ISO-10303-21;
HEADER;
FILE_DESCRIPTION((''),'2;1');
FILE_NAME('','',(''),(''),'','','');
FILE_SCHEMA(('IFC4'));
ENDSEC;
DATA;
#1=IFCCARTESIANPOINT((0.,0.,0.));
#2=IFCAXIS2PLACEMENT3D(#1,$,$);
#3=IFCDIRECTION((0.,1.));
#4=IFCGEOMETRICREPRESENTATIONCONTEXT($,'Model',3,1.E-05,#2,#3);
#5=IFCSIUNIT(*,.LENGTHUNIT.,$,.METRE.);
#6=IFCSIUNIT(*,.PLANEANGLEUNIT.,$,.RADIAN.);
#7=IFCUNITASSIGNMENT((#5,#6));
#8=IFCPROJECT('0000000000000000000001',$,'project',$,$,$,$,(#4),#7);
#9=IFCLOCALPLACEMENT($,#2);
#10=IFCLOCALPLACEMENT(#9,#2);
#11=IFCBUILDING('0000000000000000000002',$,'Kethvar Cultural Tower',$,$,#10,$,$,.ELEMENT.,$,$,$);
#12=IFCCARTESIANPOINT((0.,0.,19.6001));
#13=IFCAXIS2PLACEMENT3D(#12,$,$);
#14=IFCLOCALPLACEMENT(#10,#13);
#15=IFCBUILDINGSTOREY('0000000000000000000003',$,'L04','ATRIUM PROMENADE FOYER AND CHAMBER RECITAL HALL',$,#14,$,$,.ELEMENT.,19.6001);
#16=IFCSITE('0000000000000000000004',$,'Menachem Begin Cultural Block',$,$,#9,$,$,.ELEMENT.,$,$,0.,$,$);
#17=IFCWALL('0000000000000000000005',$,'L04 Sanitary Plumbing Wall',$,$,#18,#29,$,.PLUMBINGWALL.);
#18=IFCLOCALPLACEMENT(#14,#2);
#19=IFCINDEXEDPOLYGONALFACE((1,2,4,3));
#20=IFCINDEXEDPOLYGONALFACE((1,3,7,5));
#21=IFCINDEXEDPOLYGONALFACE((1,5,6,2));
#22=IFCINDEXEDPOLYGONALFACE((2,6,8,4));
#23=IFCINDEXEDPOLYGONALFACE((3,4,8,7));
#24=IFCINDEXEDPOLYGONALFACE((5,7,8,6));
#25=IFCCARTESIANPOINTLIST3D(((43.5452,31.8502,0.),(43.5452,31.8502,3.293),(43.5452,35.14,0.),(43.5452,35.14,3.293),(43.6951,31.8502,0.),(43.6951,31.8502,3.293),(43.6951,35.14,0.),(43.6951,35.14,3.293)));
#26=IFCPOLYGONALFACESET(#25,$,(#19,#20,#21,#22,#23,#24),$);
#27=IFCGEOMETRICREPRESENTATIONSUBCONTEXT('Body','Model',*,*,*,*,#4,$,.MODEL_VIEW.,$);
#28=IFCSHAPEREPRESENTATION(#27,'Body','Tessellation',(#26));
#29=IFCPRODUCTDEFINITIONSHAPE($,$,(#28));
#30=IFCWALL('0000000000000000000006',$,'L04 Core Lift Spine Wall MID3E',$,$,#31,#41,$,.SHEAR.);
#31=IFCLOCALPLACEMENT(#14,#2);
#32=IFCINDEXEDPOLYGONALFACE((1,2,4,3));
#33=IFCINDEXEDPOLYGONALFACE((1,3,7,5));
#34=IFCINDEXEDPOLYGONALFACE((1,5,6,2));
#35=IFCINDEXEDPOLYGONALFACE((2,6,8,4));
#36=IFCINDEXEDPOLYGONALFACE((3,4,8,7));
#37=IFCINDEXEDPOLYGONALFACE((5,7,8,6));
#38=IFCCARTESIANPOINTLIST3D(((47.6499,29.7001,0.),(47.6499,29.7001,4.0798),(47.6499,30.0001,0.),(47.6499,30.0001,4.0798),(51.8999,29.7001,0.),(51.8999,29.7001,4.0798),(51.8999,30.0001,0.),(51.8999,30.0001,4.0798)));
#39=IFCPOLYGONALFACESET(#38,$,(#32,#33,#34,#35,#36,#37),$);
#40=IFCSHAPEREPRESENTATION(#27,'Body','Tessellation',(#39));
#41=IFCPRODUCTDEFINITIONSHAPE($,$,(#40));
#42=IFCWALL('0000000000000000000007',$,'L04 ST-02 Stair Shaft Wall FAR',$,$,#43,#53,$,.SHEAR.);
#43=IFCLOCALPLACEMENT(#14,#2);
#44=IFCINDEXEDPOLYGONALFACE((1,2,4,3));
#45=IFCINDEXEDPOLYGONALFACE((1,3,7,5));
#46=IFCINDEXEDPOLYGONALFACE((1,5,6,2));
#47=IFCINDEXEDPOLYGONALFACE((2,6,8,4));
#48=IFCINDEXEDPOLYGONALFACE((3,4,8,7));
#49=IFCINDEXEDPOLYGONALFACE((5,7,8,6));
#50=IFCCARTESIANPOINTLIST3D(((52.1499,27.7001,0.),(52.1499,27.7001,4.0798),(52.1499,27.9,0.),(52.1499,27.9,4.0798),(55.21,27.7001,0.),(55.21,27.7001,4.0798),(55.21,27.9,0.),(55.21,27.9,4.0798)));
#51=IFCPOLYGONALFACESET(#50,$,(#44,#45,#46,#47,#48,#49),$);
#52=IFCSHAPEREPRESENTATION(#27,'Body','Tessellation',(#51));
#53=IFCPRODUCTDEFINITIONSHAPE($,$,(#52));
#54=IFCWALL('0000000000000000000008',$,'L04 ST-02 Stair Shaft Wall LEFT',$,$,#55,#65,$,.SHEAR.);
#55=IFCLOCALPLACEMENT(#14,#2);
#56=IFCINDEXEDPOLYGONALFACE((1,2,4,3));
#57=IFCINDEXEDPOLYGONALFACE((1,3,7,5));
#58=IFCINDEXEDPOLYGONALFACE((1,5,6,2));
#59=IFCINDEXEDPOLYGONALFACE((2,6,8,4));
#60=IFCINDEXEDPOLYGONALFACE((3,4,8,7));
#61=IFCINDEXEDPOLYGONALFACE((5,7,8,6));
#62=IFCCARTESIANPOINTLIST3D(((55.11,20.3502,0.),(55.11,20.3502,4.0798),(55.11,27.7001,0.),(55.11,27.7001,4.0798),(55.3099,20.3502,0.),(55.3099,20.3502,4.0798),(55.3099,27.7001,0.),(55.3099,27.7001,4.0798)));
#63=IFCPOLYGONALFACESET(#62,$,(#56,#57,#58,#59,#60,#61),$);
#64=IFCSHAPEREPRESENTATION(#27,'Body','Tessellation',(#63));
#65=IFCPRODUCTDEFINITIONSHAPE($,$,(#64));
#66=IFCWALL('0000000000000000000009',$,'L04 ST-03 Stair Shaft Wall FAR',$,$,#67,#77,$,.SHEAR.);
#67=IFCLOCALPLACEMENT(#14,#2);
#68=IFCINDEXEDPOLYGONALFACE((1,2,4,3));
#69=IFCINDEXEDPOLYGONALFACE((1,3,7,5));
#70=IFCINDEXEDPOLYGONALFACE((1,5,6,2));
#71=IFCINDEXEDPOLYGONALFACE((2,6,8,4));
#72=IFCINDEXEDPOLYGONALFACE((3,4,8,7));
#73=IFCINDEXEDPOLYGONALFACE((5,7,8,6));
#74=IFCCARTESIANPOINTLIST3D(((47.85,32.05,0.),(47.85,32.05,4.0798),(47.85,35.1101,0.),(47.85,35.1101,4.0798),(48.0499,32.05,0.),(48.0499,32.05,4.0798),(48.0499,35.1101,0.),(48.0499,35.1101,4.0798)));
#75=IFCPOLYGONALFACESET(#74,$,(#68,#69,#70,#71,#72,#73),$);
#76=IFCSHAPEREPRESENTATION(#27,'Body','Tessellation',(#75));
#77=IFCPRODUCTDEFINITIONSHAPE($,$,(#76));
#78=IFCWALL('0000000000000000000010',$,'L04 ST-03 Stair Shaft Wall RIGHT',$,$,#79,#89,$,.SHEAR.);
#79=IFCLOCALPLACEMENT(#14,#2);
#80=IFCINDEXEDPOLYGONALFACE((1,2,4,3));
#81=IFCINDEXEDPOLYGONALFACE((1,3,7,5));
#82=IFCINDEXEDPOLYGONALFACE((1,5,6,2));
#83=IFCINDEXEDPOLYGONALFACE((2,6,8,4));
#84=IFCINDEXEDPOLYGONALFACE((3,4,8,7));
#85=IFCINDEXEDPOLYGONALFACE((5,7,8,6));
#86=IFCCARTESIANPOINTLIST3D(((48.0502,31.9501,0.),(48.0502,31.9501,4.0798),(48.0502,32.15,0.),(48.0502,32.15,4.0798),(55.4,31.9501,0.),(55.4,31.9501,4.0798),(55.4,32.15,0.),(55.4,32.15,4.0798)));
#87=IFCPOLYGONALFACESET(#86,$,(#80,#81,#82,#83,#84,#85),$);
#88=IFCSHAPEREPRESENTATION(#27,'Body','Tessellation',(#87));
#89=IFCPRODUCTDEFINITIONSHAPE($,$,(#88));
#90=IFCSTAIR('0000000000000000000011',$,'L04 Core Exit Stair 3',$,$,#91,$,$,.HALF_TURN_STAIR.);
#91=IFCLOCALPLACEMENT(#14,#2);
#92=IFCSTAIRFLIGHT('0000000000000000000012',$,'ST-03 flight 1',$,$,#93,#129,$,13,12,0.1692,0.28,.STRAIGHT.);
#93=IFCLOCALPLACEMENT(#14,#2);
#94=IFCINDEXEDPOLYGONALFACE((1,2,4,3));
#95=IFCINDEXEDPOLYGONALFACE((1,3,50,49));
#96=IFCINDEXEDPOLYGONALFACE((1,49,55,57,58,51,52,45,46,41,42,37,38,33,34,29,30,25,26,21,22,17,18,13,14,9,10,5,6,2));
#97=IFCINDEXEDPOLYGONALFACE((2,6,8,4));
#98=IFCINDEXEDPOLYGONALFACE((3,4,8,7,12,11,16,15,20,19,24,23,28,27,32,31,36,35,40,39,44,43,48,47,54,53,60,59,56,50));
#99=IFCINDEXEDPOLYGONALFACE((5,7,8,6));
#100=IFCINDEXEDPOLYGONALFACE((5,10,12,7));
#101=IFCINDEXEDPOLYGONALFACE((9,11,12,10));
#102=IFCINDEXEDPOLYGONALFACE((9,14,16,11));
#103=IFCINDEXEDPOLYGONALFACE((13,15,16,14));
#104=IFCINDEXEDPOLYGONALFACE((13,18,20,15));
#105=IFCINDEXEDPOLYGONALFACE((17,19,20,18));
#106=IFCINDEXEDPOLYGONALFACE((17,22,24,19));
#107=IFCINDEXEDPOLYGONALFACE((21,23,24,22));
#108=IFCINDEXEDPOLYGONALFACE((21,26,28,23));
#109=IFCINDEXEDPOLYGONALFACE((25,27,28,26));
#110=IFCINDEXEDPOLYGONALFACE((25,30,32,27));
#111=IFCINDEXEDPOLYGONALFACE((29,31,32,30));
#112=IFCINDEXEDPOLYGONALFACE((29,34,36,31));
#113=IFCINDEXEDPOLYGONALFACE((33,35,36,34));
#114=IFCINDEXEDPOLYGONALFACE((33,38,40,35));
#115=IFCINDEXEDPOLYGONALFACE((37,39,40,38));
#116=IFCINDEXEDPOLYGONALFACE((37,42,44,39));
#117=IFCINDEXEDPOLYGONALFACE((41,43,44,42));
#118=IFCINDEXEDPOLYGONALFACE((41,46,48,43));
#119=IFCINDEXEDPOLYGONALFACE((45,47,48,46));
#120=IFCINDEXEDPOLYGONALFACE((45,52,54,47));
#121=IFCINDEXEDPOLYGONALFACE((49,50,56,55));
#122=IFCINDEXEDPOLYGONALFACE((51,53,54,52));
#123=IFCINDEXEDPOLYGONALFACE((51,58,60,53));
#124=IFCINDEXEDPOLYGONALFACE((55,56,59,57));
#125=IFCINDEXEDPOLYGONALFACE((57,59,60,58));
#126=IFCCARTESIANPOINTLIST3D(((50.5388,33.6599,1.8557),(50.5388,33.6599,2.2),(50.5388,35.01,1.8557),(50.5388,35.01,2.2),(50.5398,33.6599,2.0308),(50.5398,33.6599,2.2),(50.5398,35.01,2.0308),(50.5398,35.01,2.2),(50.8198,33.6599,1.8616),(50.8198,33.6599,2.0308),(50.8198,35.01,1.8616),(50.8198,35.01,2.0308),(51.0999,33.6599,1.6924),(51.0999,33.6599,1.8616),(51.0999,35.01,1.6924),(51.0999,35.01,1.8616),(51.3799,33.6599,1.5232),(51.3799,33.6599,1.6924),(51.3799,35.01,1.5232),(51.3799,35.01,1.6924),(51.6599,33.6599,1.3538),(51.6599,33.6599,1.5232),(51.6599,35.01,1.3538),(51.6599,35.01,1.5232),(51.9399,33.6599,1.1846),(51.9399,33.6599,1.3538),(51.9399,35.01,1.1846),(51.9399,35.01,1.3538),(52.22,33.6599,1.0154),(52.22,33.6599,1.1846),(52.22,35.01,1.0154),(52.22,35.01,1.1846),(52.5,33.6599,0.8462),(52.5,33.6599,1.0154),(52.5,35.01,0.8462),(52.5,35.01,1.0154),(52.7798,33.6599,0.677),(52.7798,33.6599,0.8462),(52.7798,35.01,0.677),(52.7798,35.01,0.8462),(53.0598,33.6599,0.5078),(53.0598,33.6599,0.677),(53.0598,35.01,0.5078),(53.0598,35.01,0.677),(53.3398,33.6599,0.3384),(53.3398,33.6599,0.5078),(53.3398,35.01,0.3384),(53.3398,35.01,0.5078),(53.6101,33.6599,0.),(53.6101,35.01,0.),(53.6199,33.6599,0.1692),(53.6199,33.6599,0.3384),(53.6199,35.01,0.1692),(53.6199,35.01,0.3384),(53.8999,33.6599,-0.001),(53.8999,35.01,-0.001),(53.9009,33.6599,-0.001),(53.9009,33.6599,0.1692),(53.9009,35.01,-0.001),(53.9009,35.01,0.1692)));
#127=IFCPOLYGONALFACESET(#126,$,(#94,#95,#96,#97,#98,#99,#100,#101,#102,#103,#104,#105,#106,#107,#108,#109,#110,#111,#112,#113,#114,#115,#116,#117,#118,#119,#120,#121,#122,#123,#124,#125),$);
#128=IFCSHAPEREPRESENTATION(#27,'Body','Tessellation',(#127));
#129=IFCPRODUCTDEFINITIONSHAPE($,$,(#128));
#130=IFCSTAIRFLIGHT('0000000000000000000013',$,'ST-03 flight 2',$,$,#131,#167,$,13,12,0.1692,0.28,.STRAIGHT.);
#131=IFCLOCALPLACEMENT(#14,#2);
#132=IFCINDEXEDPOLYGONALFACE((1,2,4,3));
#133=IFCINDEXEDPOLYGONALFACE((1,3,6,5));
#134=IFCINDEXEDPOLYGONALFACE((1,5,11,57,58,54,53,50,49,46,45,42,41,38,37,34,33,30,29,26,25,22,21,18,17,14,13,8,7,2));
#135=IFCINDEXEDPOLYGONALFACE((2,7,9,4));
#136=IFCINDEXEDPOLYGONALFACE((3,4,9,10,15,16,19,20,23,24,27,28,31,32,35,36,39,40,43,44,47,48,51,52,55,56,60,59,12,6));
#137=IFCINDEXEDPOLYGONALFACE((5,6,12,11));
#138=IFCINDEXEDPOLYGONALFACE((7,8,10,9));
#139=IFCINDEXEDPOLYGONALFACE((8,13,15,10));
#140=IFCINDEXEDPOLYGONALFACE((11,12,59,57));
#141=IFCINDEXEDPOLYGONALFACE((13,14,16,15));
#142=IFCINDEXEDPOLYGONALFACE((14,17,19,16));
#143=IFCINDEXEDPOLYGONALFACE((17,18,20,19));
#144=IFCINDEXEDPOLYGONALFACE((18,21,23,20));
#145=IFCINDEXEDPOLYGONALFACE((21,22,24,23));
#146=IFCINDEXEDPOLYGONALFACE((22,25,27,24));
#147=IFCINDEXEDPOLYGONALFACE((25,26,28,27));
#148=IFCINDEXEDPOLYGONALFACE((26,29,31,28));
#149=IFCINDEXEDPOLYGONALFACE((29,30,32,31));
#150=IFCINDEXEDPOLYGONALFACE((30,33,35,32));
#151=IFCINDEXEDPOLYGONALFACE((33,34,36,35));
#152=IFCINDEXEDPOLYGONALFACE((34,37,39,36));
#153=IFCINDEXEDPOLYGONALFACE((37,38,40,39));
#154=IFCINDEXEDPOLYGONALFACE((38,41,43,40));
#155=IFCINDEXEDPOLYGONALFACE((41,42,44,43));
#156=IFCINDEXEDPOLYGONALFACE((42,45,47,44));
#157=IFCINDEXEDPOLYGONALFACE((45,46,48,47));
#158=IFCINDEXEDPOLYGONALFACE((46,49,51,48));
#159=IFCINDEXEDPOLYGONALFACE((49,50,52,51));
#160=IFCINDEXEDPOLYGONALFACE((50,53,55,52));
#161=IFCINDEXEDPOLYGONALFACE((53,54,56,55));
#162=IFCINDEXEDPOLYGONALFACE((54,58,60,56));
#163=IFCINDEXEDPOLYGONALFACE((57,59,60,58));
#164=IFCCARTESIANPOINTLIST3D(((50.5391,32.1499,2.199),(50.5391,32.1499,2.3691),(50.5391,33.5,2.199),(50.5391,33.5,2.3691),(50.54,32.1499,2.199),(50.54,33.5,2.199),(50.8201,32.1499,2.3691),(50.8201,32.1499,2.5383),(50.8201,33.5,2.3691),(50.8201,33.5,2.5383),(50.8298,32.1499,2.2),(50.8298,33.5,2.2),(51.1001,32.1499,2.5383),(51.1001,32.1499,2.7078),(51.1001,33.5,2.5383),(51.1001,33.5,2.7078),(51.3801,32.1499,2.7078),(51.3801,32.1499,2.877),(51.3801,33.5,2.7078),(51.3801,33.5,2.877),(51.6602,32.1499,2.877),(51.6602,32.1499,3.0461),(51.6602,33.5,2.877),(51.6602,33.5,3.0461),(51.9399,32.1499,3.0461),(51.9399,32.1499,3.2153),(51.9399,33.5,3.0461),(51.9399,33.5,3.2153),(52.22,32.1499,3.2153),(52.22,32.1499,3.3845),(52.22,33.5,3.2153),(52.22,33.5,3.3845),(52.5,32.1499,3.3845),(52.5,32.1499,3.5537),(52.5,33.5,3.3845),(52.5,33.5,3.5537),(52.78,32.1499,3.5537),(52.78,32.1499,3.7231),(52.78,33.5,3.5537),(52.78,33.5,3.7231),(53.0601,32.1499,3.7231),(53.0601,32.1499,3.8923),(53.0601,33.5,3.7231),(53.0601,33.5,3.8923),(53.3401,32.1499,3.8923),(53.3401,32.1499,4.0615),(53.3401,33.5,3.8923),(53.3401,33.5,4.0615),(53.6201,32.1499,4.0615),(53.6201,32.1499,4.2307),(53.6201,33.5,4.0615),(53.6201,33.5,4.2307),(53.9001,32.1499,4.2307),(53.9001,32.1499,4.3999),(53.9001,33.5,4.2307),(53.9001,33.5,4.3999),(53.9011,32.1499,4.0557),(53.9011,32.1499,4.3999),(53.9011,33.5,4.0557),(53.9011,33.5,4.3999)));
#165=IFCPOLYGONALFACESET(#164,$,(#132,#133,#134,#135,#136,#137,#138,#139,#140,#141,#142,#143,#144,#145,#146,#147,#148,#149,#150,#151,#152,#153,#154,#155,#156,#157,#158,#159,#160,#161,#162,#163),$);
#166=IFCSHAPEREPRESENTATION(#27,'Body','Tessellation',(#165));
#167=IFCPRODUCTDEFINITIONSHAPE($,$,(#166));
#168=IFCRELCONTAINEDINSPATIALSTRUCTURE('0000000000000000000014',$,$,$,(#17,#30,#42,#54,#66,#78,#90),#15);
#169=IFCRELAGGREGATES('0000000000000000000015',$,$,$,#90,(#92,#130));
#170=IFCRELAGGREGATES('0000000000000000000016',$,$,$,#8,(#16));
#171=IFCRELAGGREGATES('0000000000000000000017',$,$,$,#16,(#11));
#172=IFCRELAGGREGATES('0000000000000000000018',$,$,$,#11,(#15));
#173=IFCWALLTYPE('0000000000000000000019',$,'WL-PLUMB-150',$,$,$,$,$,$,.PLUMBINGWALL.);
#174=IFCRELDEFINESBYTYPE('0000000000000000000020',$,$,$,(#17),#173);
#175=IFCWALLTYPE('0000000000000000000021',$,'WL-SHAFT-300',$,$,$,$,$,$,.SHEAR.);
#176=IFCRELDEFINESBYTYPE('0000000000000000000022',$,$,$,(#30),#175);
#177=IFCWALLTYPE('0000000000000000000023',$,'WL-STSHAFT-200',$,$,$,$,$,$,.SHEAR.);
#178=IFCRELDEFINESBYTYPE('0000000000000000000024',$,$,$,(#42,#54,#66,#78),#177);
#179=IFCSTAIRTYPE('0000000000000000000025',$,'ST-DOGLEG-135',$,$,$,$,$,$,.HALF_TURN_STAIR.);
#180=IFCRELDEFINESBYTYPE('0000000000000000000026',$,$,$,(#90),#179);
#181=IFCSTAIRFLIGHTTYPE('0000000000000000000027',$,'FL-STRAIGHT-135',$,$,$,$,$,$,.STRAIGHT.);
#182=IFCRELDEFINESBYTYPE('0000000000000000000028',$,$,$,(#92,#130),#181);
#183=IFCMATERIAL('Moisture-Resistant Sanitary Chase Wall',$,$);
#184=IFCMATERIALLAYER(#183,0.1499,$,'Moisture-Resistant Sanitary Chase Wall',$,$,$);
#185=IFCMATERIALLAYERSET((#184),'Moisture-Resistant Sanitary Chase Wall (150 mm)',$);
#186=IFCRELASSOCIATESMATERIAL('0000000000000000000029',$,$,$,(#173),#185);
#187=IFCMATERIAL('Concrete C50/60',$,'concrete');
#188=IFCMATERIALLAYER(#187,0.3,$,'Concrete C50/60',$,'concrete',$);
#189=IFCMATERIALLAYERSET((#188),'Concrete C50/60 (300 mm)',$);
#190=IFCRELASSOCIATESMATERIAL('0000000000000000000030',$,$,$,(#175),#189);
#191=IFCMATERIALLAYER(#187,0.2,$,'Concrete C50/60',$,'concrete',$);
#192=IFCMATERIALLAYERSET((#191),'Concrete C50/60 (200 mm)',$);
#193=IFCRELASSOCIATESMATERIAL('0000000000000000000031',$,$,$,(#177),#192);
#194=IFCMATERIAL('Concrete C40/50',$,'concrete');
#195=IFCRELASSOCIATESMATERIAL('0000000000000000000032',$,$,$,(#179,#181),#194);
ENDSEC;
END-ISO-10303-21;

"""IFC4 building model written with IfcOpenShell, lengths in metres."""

from ifc_helpers import new_model, si_unit, direction, frame, frame_2d, origin, place, context, subcontext, project, spatial, polyline, rectangle, outline, extrude, material, layer, layer_set, type_object, element, aggregate, save


model = new_model("IFC4")

# Units and contexts
model_context = context("Model", 3, precision=1e-05, world=origin(), true_north=direction((0.0, 1.0)))
body_context = subcontext(model_context, "Body", "Model", "MODEL_VIEW")
ifc_project = project(units=[si_unit("LENGTHUNIT", "METRE"), si_unit("PLANEANGLEUNIT", "RADIAN")], contexts=[model_context])

# Site, building, storey
site_placement = place(None, origin())
site = spatial("IfcSite", under=ifc_project, at=site_placement, Name="Menachem Begin Cultural Block", CompositionType="ELEMENT", RefElevation=0.0)
building_placement = place(site_placement, origin())
building = spatial("IfcBuilding", under=site, at=building_placement, Name="Kethvar Cultural Tower", CompositionType="ELEMENT")
storey_placement = place(building_placement, frame((0.0, 0.0, 19.6001)))
storey = spatial("IfcBuildingStorey", under=building, at=storey_placement, Name="L04", Description="ATRIUM PROMENADE FOYER AND CHAMBER RECITAL HALL", CompositionType="ELEMENT", Elevation=19.6001)

# Walls
ifc_material_1 = material(Name="Concrete C40/50", Category="concrete")
ifc_material_2 = material(Name="Moisture-Resistant Sanitary Chase Wall")
ifc_layer_1 = layer(ifc_material_2, 0.1499, Name="Moisture-Resistant Sanitary Chase Wall")
ifc_layer_set_1 = layer_set([ifc_layer_1], Name="Moisture-Resistant Sanitary Chase Wall (150 mm)")
wall_type_1 = type_object("IfcWallType", Name="WL-PLUMB-150", PredefinedType="PLUMBINGWALL", material=ifc_layer_set_1)
wall_1_placement = place(storey_placement, frame((43.6201, 31.8501, 0.0), z_axis=(0.0, 0.0, 1.0), x_axis=(0.0, 1.0, 0.0)))
element("IfcWall", 1, at=wall_1_placement, inside=storey, type_object=wall_type_1, Name="L04 Sanitary Plumbing Wall", PredefinedType="PLUMBINGWALL", context=body_context, shape_type="SweptSolid", body=[
    extrude(rectangle(XDim=3.2898, YDim=0.1499, at=frame_2d((1.645, 0.0))), origin(), (0.0, 0.0, 1.0), 3.293),
])
ifc_material_3 = material(Name="Concrete C50/60", Category="concrete")
ifc_layer_2 = layer(ifc_material_3, 0.3, Name="Concrete C50/60", Category="concrete")
ifc_layer_set_2 = layer_set([ifc_layer_2], Name="Concrete C50/60 (300 mm)")
wall_type_2 = type_object("IfcWallType", Name="WL-SHAFT-300", PredefinedType="SHEAR", material=ifc_layer_set_2)
wall_2_placement = place(storey_placement, frame((47.6499, 29.8501, 0.0), z_axis=(0.0, 0.0, 1.0), x_axis=(1.0, 0.0, 0.0)))
element("IfcWall", 2, at=wall_2_placement, inside=storey, type_object=wall_type_2, Name="L04 Core Lift Spine Wall MID3E", PredefinedType="SHEAR", context=body_context, shape_type="SweptSolid", body=[
    extrude(rectangle(XDim=4.25, YDim=0.3, at=frame_2d((2.125, 0.0))), origin(), (0.0, 0.0, 1.0), 4.0798),
])
ifc_layer_3 = layer(ifc_material_3, 0.2, Name="Concrete C50/60", Category="concrete")
ifc_layer_set_3 = layer_set([ifc_layer_3], Name="Concrete C50/60 (200 mm)")
wall_type_3 = type_object("IfcWallType", Name="WL-STSHAFT-200", PredefinedType="SHEAR", material=ifc_layer_set_3)
wall_3_placement = place(storey_placement, frame((52.1499, 27.8, 0.0), z_axis=(0.0, 0.0, 1.0), x_axis=(1.0, 0.0, 0.0)))
element("IfcWall", 3, at=wall_3_placement, inside=storey, type_object=wall_type_3, Name="L04 ST-02 Stair Shaft Wall FAR", PredefinedType="SHEAR", context=body_context, shape_type="SweptSolid", body=[
    extrude(rectangle(XDim=3.0601, YDim=0.2, at=frame_2d((1.53, 0.0))), origin(), (0.0, 0.0, 1.0), 4.0798),
])
wall_4_placement = place(storey_placement, frame((55.21, 27.7, 0.0), z_axis=(0.0, 0.0, 1.0), x_axis=(0.0, -1.0, 0.0)))
element("IfcWall", 4, at=wall_4_placement, inside=storey, type_object=wall_type_3, Name="L04 ST-02 Stair Shaft Wall LEFT", PredefinedType="SHEAR", context=body_context, shape_type="SweptSolid", body=[
    extrude(rectangle(XDim=7.3499, YDim=0.2, at=frame_2d((3.6748, 0.0))), origin(), (0.0, 0.0, 1.0), 4.0798),
])
wall_5_placement = place(storey_placement, frame((47.95, 32.05, 0.0), z_axis=(0.0, 0.0, 1.0), x_axis=(0.0, 1.0, 0.0)))
element("IfcWall", 5, at=wall_5_placement, inside=storey, type_object=wall_type_3, Name="L04 ST-03 Stair Shaft Wall FAR", PredefinedType="SHEAR", context=body_context, shape_type="SweptSolid", body=[
    extrude(rectangle(XDim=3.0601, YDim=0.2, at=frame_2d((1.53, 0.0))), origin(), (0.0, 0.0, 1.0), 4.0798),
])
wall_6_placement = place(storey_placement, frame((55.3999, 32.05, 0.0), z_axis=(0.0, 0.0, 1.0), x_axis=(-1.0, 0.0, 0.0)))
element("IfcWall", 6, at=wall_6_placement, inside=storey, type_object=wall_type_3, Name="L04 ST-03 Stair Shaft Wall RIGHT", PredefinedType="SHEAR", context=body_context, shape_type="SweptSolid", body=[
    extrude(rectangle(XDim=7.3499, YDim=0.2, at=frame_2d((3.6748, 0.0))), origin(), (0.0, 0.0, 1.0), 4.0798),
])

# Stair, stair flights
stair_type = type_object("IfcStairType", Name="ST-DOGLEG-135", PredefinedType="HALF_TURN_STAIR", material=ifc_material_1)
stair_placement = place(storey_placement, origin())
stair = element("IfcStair", 7, at=stair_placement, inside=storey, type_object=stair_type, Name="L04 Core Exit Stair 3", PredefinedType="HALF_TURN_STAIR")
stair_flight_type = type_object("IfcStairFlightType", Name="FL-STRAIGHT-135", PredefinedType="STRAIGHT", material=ifc_material_1)
stair_flight_1_placement = place(storey_placement, frame((53.8999, 34.335, 0.0), z_axis=(0.0, 0.0, 1.0), x_axis=(-1.0, 0.0, 0.0)))
stair_flight_1 = element("IfcStairFlight", 8, at=stair_flight_1_placement, type_object=stair_flight_type, Name="ST-03 flight 1", NumberOfRisers=13, NumberOfTreads=12, PredefinedType="STRAIGHT", RiserHeight=0.1692, TreadLength=0.28, context=body_context, shape_type="SweptSolid", body=[
    extrude(outline(polyline([(-0.001, -0.001), (-0.001, 0.1692), (0.28, 0.1692), (0.28, 0.3384), (0.5601, 0.3384), (0.5601, 0.5078), (0.8401, 0.5078), (0.8401, 0.677), (1.1201, 0.677), (1.1201, 0.8462), (1.3999, 0.8462), (1.3999, 1.0154), (1.6799, 1.0154), (1.6799, 1.1846), (1.96, 1.1846), (1.96, 1.3538), (2.24, 1.3538), (2.24, 1.5232), (2.52, 1.5232), (2.52, 1.6924), (2.8, 1.6924), (2.8, 1.8616), (3.0801, 1.8616), (3.0801, 2.0308), (3.3601, 2.0308), (3.3601, 2.2), (3.3611, 2.2), (3.3611, 1.8557), (0.2898, 0.0), (0.0, -0.001), (-0.001, -0.001)])), frame((0.0, 0.675, 0.0), z_axis=(0.0, -1.0, 0.0), x_axis=(1.0, 0.0, 0.0)), (0.0, 0.0, 1.0), 1.3501),
])
stair_flight_2_placement = place(storey_placement, frame((50.54, 32.825, 2.2), z_axis=(0.0, 0.0, 1.0), x_axis=(1.0, 0.0, 0.0)))
stair_flight_2 = element("IfcStairFlight", 9, at=stair_flight_2_placement, type_object=stair_flight_type, Name="ST-03 flight 2", NumberOfRisers=13, NumberOfTreads=12, PredefinedType="STRAIGHT", RiserHeight=0.1692, TreadLength=0.28, context=body_context, shape_type="SweptSolid", body=[
    extrude(outline(polyline([(-0.001, -0.001), (-0.001, 0.1692), (0.28, 0.1692), (0.28, 0.3384), (0.5601, 0.3384), (0.5601, 0.5078), (0.8401, 0.5078), (0.8401, 0.677), (1.1201, 0.677), (1.1201, 0.8462), (1.3999, 0.8462), (1.3999, 1.0154), (1.6799, 1.0154), (1.6799, 1.1846), (1.96, 1.1846), (1.96, 1.3538), (2.24, 1.3538), (2.24, 1.5232), (2.52, 1.5232), (2.52, 1.6924), (2.8, 1.6924), (2.8, 1.8616), (3.0801, 1.8616), (3.0801, 2.0308), (3.3601, 2.0308), (3.3601, 2.2), (3.3611, 2.2), (3.3611, 1.8557), (0.2898, 0.0), (0.0, -0.001), (-0.001, -0.001)])), frame((0.0, 0.675, 0.0), z_axis=(0.0, -1.0, 0.0), x_axis=(1.0, 0.0, 0.0)), (0.0, 0.0, 1.0), 1.3501),
])
aggregate(stair, [stair_flight_1, stair_flight_2])

save(model, "model.ifc")
